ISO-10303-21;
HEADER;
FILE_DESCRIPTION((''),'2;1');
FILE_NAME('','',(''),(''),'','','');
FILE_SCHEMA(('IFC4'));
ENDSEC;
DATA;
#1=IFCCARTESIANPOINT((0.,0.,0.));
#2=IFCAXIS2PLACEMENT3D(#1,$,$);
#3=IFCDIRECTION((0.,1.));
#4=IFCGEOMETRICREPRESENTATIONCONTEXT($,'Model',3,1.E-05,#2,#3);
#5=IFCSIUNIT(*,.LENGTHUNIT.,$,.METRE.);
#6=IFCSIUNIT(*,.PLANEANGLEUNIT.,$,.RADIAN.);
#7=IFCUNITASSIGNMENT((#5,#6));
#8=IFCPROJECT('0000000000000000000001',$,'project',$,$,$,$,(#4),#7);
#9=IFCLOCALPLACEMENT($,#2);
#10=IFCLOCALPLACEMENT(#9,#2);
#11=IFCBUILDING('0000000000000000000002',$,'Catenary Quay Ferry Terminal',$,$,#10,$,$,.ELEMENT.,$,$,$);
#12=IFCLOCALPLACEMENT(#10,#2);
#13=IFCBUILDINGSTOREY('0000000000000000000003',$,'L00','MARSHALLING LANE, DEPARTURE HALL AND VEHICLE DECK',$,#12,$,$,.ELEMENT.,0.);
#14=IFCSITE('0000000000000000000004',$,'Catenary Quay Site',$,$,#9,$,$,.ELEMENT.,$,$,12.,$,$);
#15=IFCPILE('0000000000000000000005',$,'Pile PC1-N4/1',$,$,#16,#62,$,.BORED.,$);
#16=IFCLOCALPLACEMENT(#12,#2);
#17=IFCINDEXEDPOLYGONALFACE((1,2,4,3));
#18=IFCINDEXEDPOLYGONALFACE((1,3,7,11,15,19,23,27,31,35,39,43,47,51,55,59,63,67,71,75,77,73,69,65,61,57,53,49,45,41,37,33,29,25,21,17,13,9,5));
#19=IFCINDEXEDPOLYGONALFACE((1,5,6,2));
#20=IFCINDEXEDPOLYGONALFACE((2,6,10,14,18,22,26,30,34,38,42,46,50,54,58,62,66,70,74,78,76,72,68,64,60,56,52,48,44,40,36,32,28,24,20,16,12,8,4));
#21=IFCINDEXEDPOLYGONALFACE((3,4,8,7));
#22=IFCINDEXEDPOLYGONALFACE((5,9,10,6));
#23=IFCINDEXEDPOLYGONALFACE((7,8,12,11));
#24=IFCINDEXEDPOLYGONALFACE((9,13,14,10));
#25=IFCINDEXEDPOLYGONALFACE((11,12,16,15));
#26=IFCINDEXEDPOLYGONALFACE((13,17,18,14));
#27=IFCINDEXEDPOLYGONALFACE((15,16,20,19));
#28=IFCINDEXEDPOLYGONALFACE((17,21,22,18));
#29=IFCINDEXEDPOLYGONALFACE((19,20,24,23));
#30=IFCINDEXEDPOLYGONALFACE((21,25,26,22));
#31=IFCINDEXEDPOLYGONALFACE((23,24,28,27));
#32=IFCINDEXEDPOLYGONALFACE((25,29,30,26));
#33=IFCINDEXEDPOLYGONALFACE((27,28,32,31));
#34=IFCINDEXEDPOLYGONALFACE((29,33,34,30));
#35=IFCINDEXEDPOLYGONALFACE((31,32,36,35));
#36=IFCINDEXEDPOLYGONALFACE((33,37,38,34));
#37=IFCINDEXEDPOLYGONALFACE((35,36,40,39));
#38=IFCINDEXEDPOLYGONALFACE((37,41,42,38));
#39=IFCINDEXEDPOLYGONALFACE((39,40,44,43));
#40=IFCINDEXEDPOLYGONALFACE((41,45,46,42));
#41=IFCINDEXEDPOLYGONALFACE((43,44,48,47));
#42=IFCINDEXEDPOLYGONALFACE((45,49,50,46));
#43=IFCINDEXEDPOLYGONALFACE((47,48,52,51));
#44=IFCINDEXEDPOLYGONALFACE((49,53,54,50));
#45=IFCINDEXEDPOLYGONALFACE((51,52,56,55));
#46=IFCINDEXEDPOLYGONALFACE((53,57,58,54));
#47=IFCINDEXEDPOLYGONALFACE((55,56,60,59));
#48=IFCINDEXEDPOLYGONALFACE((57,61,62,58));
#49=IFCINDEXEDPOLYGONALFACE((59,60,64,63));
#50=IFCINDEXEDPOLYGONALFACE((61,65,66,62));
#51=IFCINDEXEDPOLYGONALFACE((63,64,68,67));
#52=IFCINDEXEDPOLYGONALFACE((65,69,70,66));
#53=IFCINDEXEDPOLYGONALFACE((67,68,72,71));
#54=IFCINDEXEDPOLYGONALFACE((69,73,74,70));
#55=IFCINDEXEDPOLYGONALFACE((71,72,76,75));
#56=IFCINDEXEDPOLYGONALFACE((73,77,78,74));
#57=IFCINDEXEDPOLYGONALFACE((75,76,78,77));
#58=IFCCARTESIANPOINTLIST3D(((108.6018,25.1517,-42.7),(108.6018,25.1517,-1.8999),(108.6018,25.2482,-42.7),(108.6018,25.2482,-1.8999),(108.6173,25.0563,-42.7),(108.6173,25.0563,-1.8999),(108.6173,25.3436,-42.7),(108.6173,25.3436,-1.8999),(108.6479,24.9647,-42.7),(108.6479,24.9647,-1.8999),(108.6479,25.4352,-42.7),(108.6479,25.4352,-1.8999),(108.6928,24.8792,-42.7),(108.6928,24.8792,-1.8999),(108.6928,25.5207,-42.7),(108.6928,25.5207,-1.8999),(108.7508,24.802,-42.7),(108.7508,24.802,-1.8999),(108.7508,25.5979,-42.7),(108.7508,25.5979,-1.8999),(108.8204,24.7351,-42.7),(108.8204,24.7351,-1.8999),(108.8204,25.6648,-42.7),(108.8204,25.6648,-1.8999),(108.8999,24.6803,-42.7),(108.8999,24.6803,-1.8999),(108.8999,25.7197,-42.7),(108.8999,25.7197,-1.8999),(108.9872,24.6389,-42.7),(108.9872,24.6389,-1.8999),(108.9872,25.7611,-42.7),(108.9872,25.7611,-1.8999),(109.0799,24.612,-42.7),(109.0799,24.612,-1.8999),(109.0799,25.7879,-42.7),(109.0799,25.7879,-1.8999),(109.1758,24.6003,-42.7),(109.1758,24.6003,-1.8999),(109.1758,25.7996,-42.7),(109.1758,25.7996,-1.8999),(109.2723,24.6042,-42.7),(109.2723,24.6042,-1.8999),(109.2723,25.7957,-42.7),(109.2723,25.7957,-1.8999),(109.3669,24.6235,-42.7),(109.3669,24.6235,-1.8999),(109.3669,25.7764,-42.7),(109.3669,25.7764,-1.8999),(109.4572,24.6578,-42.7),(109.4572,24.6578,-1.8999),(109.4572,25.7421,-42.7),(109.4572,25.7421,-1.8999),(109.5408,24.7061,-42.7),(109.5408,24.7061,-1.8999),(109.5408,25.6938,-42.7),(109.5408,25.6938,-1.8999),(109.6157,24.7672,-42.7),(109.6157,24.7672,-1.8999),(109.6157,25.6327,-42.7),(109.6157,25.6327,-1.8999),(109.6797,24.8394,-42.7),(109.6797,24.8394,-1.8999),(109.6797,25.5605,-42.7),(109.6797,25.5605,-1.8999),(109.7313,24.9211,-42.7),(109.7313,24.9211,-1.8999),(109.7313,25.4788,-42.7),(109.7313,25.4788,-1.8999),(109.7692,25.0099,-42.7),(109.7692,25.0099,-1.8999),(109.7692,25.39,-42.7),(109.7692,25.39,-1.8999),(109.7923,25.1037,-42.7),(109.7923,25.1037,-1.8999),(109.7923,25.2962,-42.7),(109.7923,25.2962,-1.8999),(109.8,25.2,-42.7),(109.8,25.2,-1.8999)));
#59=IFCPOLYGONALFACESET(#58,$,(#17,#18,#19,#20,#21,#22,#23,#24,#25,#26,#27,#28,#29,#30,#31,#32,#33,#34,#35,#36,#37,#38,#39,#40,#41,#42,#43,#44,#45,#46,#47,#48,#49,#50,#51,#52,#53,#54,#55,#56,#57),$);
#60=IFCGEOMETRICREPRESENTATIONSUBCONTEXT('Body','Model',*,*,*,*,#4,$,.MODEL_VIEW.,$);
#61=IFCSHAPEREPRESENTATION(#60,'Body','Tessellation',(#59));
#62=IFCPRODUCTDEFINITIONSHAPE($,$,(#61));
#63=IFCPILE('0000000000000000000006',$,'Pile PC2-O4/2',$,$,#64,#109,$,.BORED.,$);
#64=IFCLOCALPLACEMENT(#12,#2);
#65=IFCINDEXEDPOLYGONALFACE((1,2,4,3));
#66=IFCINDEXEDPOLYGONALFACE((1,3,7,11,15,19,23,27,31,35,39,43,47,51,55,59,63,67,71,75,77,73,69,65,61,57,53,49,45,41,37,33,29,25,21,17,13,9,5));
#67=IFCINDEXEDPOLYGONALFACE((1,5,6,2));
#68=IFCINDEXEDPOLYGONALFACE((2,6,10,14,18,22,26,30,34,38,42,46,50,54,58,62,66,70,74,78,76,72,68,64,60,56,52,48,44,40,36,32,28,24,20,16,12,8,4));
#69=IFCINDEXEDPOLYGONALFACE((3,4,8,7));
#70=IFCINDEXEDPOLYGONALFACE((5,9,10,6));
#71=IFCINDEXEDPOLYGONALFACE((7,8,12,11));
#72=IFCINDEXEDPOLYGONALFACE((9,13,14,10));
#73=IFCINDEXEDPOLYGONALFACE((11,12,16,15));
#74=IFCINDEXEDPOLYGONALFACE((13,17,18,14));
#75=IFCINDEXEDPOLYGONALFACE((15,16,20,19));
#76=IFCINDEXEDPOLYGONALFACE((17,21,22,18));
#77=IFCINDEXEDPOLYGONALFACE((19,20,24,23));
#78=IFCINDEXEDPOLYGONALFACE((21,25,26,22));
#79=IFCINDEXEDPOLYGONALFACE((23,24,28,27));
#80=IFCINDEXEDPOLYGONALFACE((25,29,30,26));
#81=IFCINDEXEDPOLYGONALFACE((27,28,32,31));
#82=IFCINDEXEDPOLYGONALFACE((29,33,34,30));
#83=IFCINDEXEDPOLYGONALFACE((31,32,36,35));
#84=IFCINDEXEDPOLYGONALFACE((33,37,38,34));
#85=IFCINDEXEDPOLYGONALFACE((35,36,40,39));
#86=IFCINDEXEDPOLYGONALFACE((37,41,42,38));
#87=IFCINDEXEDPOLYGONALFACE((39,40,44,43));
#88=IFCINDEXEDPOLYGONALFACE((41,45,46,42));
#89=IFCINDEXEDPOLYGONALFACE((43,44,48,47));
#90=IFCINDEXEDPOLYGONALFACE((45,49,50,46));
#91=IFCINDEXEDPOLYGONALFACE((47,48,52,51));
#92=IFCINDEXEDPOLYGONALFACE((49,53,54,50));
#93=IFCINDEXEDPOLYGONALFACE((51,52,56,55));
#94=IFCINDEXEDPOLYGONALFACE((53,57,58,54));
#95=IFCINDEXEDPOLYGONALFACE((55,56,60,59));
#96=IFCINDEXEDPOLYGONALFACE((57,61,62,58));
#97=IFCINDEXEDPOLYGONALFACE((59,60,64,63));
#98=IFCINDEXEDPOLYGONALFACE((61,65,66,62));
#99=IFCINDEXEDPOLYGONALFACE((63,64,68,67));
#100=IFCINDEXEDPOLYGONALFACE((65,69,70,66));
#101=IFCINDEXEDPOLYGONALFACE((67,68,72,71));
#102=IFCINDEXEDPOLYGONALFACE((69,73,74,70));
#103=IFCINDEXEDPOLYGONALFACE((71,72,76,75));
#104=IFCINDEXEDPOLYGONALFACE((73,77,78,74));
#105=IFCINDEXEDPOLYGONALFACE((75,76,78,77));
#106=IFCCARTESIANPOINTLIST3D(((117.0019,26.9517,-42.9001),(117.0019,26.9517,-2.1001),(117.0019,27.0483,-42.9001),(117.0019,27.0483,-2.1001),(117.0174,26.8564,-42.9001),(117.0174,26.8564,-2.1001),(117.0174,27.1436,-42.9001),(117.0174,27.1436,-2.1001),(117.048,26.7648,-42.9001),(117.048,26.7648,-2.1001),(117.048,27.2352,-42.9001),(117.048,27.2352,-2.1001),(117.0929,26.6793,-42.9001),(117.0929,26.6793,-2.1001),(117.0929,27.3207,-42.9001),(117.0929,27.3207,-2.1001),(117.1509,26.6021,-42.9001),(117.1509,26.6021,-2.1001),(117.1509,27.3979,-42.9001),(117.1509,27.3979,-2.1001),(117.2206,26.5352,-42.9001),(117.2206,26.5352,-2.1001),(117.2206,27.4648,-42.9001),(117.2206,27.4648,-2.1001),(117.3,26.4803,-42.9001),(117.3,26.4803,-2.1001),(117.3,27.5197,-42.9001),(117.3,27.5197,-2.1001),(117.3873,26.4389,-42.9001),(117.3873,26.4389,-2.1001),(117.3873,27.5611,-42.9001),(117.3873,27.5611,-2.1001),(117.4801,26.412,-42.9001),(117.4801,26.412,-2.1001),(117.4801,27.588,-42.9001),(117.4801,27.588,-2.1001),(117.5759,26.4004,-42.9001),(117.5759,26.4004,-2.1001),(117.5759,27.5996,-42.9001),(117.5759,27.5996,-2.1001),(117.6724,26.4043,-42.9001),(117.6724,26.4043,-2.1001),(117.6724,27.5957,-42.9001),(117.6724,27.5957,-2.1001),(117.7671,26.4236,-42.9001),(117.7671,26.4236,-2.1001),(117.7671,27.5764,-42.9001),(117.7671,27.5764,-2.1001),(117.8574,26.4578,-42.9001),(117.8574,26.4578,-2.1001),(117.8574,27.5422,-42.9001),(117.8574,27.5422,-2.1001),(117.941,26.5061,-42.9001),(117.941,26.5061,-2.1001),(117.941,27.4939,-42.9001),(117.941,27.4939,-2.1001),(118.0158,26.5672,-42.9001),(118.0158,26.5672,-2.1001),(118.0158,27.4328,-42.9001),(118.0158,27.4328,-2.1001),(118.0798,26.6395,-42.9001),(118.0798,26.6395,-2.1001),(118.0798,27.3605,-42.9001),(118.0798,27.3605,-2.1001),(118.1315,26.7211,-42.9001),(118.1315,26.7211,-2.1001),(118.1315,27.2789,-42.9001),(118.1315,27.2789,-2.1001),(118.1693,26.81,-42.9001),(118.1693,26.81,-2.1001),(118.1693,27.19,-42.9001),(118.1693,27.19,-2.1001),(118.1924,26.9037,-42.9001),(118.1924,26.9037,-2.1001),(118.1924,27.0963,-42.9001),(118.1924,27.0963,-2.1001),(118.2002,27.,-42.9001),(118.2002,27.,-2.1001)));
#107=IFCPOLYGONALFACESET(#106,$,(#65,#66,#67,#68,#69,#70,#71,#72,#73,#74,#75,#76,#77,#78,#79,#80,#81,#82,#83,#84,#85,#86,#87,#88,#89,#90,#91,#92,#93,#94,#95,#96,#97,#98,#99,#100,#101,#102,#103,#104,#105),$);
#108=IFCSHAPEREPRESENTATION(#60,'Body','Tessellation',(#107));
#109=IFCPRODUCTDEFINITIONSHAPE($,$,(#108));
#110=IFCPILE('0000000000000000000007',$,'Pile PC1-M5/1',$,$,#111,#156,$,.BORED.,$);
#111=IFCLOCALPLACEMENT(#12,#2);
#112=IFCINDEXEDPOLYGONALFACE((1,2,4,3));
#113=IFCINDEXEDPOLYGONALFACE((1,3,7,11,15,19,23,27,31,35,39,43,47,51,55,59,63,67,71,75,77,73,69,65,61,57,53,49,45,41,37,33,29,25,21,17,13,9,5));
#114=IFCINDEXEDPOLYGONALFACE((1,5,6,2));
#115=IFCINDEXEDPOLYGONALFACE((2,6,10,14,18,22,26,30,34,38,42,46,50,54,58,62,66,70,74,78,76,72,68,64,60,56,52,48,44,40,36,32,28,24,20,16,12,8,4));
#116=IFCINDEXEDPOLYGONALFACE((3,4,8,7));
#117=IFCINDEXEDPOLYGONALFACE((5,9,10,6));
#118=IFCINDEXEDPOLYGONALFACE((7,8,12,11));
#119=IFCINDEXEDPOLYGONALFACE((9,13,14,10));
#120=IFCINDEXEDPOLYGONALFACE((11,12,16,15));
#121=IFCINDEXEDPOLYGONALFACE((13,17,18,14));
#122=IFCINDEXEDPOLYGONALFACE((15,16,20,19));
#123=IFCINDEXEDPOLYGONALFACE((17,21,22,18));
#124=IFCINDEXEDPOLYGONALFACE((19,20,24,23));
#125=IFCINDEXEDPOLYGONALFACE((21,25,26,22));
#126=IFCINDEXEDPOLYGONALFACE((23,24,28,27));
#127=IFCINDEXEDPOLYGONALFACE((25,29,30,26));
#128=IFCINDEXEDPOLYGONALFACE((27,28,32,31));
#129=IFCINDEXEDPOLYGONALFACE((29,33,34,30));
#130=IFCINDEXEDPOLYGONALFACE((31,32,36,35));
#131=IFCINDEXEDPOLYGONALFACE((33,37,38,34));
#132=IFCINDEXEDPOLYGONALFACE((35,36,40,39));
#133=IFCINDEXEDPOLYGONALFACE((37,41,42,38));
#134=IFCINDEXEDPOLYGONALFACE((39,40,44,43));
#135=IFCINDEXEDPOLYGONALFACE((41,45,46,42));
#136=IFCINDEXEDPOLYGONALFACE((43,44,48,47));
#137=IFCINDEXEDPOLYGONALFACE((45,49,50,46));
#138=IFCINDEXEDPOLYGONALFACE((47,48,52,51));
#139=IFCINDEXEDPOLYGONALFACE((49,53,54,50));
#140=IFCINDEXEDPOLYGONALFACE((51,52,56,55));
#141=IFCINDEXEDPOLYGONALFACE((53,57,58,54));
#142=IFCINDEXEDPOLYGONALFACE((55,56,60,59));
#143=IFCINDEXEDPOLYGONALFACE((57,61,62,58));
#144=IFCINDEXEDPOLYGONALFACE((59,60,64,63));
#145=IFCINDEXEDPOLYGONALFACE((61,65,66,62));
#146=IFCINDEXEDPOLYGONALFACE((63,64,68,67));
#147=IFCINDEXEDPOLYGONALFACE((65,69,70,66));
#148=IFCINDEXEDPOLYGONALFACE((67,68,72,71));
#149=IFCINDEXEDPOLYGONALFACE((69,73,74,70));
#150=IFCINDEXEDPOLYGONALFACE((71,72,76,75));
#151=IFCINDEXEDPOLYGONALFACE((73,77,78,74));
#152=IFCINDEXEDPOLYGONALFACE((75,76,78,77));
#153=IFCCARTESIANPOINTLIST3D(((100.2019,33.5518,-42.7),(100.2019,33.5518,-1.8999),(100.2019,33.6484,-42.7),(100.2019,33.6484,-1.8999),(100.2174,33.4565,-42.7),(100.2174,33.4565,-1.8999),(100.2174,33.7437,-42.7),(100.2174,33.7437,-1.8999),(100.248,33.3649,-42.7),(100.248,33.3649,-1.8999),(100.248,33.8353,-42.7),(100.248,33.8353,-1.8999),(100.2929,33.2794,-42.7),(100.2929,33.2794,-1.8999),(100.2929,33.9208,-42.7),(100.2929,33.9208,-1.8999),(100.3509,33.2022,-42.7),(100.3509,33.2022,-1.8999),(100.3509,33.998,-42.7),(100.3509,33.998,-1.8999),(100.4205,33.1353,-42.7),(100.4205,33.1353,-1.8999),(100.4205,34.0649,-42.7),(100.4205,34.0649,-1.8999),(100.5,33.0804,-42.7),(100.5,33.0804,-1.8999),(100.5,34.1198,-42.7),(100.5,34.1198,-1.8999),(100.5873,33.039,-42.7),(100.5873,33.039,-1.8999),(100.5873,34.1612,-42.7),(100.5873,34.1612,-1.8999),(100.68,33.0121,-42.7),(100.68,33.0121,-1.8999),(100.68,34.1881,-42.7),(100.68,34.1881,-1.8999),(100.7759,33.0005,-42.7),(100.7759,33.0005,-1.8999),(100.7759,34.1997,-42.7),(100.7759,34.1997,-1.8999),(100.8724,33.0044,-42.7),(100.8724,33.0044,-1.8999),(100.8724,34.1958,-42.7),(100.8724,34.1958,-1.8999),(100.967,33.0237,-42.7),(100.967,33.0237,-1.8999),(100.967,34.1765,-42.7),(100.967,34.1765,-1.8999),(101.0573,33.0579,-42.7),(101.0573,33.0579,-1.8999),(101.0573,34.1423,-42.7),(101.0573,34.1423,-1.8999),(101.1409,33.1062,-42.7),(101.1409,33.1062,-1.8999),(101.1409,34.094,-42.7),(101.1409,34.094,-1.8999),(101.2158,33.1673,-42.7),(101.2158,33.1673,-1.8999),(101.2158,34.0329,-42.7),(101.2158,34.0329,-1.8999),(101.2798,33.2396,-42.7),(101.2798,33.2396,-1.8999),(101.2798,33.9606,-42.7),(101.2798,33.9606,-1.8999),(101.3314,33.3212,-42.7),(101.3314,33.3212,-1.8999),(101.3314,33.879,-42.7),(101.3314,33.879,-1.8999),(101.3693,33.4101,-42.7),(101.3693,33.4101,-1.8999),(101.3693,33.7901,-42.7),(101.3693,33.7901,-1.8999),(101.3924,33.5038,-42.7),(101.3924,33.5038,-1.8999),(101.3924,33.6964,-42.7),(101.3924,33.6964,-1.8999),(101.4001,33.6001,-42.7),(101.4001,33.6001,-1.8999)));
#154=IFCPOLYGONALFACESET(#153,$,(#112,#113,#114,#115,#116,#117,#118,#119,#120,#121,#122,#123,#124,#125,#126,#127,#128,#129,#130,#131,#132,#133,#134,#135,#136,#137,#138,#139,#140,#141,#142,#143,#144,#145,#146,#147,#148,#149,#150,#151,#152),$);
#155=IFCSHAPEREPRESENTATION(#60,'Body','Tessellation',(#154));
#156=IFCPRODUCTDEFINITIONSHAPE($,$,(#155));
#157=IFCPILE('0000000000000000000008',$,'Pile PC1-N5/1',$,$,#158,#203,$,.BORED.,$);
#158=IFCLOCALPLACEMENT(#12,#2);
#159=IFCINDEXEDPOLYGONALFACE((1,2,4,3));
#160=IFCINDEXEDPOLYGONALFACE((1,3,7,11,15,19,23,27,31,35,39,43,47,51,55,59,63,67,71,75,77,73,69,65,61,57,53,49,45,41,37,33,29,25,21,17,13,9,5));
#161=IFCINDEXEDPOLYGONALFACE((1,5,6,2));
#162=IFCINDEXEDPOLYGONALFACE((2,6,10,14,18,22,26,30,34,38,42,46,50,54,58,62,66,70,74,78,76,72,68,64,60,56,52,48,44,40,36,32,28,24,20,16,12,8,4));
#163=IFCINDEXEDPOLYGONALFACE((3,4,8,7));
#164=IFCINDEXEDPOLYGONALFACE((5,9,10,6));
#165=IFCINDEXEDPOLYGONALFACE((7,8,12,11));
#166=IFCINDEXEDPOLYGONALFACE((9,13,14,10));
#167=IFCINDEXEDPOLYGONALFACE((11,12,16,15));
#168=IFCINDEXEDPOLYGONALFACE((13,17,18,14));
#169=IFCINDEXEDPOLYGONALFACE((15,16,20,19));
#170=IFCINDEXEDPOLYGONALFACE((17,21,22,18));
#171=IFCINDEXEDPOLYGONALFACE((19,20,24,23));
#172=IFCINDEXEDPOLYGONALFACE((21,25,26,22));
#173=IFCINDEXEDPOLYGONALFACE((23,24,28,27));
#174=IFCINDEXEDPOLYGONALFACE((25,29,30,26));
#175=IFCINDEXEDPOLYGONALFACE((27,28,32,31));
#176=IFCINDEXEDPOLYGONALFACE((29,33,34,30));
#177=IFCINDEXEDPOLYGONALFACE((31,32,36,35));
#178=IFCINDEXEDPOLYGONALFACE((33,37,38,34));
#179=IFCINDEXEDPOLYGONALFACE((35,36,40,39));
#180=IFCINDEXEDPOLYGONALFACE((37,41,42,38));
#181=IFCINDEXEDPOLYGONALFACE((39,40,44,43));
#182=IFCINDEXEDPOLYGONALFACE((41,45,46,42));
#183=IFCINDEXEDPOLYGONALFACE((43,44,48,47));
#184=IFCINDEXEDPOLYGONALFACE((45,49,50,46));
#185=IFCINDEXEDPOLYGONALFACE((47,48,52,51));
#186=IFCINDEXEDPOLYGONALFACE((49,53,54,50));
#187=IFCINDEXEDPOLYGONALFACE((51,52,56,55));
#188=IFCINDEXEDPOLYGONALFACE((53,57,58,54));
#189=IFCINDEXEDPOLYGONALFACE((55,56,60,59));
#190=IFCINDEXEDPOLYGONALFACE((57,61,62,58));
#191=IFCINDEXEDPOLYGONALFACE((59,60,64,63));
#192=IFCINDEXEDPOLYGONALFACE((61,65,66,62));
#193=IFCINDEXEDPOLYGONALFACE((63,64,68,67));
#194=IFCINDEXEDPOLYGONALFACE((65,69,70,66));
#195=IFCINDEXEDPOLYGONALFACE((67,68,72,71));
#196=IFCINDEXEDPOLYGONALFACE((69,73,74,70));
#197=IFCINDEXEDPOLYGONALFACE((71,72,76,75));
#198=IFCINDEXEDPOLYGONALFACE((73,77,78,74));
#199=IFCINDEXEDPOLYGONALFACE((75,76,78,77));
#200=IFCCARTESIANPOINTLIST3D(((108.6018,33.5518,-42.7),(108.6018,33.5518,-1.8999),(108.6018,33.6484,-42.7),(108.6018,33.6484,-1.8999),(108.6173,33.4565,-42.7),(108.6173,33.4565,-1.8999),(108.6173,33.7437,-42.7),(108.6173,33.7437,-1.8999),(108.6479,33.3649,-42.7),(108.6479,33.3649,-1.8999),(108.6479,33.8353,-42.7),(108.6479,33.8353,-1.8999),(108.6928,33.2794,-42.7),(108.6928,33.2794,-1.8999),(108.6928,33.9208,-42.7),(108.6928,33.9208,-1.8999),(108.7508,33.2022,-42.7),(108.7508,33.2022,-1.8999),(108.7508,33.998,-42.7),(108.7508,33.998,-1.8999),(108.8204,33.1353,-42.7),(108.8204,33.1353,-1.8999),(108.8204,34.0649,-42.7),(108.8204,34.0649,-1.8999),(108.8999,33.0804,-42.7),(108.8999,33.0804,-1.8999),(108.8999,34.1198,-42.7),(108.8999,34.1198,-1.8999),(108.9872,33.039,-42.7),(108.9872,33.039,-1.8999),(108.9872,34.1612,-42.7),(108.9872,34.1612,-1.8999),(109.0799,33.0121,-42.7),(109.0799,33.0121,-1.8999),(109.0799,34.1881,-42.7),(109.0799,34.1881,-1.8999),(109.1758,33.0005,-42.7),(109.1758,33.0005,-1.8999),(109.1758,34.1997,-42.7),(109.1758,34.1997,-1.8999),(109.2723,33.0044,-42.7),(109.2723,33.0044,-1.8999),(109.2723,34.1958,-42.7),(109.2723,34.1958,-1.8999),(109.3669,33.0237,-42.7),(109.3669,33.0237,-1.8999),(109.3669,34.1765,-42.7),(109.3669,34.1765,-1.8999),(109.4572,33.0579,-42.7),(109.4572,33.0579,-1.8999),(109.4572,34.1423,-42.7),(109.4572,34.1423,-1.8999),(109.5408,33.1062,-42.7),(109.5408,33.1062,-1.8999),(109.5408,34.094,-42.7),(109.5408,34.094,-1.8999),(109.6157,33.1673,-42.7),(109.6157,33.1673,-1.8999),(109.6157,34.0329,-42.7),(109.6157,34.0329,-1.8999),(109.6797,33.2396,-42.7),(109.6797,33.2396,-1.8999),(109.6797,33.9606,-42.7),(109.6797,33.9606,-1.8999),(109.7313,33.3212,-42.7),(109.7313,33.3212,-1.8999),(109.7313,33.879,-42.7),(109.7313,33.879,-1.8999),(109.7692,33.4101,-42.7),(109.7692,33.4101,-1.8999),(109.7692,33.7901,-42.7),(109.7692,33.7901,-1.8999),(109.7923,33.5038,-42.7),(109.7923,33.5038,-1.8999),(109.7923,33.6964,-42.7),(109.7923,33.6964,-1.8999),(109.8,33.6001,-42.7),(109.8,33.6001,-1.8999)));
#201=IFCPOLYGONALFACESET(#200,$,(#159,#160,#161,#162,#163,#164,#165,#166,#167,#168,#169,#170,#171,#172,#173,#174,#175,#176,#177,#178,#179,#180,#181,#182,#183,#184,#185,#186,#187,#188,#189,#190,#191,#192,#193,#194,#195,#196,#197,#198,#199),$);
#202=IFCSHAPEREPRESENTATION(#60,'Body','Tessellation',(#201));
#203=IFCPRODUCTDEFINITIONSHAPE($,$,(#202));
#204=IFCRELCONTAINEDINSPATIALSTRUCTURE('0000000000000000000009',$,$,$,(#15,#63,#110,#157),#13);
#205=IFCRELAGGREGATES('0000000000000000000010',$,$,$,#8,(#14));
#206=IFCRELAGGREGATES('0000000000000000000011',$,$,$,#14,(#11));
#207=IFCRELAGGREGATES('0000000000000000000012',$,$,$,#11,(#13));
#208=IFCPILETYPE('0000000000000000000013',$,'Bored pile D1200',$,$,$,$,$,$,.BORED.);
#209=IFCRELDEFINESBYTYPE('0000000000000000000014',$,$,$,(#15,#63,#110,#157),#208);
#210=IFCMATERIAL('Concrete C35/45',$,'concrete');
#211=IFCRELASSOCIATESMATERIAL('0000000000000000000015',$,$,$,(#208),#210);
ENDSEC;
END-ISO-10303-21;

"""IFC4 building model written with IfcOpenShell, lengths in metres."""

from ifc_helpers import new_model, si_unit, direction, frame, origin, origin_2d, place, context, subcontext, project, spatial, circle, extrude, material, material_profile, profile_set, type_object, element, save


model = new_model("IFC4")

# Units and contexts
model_context = context("Model", 3, precision=1e-05, world=origin(), true_north=direction((0.0, 1.0)))
body_context = subcontext(model_context, "Body", "Model", "MODEL_VIEW")
ifc_project = project(units=[si_unit("LENGTHUNIT", "METRE"), si_unit("PLANEANGLEUNIT", "RADIAN")], contexts=[model_context])

# Site, building, storey
site_placement = place(None, origin())
site = spatial("IfcSite", under=ifc_project, at=site_placement, Name="Catenary Quay Site", CompositionType="ELEMENT", RefElevation=12.0)
building_placement = place(site_placement, origin())
building = spatial("IfcBuilding", under=site, at=building_placement, Name="Catenary Quay Ferry Terminal", CompositionType="ELEMENT")
storey_placement = place(building_placement, origin())
storey = spatial("IfcBuildingStorey", under=building, at=storey_placement, Name="L00", Description="MARSHALLING LANE, DEPARTURE HALL AND VEHICLE DECK", CompositionType="ELEMENT", Elevation=0.0)

# Piles
ifc_material_1 = material(Name="Concrete C35/45", Category="concrete")
ifc_material_profile_1 = material_profile(ifc_material_1, circle(Radius=0.6001, at=origin_2d()), Name="D1200")
ifc_profile_set_1 = profile_set([ifc_material_profile_1], Name="Concrete C35/45")
pile_type = type_object("IfcPileType", Name="Bored pile D1200", PredefinedType="BORED", material=ifc_profile_set_1)
for number, where, z_axis, x_axis, name in (
    (1, (109.2, 25.2, -1.8999), (0.0, 0.0, -1.0), (1.0, 0.0, 0.0), "Pile PC1-N4/1"),
    (2, (117.6001, 27.0, -2.1001), (0.0, 0.0, -1.0), (1.0, 0.0, 0.0), "Pile PC2-O4/2"),
    (3, (100.8, 33.6001, -1.8999), (0.0, 0.0, -1.0), (1.0, 0.0, 0.0), "Pile PC1-M5/1"),
    (4, (109.2, 33.6001, -1.8999), (0.0, 0.0, -1.0), (1.0, 0.0, 0.0), "Pile PC1-N5/1"),
):
    element("IfcPile", number, at=place(storey_placement, frame(where, z_axis=z_axis, x_axis=x_axis)), inside=storey, type_object=pile_type, Name=name, PredefinedType="BORED", context=body_context, shape_type="SweptSolid", body=[
        extrude(circle(Radius=0.6001, at=origin_2d()), origin(), (0.0, 0.0, 1.0), 40.8),
    ])

save(model, "model.ifc")
